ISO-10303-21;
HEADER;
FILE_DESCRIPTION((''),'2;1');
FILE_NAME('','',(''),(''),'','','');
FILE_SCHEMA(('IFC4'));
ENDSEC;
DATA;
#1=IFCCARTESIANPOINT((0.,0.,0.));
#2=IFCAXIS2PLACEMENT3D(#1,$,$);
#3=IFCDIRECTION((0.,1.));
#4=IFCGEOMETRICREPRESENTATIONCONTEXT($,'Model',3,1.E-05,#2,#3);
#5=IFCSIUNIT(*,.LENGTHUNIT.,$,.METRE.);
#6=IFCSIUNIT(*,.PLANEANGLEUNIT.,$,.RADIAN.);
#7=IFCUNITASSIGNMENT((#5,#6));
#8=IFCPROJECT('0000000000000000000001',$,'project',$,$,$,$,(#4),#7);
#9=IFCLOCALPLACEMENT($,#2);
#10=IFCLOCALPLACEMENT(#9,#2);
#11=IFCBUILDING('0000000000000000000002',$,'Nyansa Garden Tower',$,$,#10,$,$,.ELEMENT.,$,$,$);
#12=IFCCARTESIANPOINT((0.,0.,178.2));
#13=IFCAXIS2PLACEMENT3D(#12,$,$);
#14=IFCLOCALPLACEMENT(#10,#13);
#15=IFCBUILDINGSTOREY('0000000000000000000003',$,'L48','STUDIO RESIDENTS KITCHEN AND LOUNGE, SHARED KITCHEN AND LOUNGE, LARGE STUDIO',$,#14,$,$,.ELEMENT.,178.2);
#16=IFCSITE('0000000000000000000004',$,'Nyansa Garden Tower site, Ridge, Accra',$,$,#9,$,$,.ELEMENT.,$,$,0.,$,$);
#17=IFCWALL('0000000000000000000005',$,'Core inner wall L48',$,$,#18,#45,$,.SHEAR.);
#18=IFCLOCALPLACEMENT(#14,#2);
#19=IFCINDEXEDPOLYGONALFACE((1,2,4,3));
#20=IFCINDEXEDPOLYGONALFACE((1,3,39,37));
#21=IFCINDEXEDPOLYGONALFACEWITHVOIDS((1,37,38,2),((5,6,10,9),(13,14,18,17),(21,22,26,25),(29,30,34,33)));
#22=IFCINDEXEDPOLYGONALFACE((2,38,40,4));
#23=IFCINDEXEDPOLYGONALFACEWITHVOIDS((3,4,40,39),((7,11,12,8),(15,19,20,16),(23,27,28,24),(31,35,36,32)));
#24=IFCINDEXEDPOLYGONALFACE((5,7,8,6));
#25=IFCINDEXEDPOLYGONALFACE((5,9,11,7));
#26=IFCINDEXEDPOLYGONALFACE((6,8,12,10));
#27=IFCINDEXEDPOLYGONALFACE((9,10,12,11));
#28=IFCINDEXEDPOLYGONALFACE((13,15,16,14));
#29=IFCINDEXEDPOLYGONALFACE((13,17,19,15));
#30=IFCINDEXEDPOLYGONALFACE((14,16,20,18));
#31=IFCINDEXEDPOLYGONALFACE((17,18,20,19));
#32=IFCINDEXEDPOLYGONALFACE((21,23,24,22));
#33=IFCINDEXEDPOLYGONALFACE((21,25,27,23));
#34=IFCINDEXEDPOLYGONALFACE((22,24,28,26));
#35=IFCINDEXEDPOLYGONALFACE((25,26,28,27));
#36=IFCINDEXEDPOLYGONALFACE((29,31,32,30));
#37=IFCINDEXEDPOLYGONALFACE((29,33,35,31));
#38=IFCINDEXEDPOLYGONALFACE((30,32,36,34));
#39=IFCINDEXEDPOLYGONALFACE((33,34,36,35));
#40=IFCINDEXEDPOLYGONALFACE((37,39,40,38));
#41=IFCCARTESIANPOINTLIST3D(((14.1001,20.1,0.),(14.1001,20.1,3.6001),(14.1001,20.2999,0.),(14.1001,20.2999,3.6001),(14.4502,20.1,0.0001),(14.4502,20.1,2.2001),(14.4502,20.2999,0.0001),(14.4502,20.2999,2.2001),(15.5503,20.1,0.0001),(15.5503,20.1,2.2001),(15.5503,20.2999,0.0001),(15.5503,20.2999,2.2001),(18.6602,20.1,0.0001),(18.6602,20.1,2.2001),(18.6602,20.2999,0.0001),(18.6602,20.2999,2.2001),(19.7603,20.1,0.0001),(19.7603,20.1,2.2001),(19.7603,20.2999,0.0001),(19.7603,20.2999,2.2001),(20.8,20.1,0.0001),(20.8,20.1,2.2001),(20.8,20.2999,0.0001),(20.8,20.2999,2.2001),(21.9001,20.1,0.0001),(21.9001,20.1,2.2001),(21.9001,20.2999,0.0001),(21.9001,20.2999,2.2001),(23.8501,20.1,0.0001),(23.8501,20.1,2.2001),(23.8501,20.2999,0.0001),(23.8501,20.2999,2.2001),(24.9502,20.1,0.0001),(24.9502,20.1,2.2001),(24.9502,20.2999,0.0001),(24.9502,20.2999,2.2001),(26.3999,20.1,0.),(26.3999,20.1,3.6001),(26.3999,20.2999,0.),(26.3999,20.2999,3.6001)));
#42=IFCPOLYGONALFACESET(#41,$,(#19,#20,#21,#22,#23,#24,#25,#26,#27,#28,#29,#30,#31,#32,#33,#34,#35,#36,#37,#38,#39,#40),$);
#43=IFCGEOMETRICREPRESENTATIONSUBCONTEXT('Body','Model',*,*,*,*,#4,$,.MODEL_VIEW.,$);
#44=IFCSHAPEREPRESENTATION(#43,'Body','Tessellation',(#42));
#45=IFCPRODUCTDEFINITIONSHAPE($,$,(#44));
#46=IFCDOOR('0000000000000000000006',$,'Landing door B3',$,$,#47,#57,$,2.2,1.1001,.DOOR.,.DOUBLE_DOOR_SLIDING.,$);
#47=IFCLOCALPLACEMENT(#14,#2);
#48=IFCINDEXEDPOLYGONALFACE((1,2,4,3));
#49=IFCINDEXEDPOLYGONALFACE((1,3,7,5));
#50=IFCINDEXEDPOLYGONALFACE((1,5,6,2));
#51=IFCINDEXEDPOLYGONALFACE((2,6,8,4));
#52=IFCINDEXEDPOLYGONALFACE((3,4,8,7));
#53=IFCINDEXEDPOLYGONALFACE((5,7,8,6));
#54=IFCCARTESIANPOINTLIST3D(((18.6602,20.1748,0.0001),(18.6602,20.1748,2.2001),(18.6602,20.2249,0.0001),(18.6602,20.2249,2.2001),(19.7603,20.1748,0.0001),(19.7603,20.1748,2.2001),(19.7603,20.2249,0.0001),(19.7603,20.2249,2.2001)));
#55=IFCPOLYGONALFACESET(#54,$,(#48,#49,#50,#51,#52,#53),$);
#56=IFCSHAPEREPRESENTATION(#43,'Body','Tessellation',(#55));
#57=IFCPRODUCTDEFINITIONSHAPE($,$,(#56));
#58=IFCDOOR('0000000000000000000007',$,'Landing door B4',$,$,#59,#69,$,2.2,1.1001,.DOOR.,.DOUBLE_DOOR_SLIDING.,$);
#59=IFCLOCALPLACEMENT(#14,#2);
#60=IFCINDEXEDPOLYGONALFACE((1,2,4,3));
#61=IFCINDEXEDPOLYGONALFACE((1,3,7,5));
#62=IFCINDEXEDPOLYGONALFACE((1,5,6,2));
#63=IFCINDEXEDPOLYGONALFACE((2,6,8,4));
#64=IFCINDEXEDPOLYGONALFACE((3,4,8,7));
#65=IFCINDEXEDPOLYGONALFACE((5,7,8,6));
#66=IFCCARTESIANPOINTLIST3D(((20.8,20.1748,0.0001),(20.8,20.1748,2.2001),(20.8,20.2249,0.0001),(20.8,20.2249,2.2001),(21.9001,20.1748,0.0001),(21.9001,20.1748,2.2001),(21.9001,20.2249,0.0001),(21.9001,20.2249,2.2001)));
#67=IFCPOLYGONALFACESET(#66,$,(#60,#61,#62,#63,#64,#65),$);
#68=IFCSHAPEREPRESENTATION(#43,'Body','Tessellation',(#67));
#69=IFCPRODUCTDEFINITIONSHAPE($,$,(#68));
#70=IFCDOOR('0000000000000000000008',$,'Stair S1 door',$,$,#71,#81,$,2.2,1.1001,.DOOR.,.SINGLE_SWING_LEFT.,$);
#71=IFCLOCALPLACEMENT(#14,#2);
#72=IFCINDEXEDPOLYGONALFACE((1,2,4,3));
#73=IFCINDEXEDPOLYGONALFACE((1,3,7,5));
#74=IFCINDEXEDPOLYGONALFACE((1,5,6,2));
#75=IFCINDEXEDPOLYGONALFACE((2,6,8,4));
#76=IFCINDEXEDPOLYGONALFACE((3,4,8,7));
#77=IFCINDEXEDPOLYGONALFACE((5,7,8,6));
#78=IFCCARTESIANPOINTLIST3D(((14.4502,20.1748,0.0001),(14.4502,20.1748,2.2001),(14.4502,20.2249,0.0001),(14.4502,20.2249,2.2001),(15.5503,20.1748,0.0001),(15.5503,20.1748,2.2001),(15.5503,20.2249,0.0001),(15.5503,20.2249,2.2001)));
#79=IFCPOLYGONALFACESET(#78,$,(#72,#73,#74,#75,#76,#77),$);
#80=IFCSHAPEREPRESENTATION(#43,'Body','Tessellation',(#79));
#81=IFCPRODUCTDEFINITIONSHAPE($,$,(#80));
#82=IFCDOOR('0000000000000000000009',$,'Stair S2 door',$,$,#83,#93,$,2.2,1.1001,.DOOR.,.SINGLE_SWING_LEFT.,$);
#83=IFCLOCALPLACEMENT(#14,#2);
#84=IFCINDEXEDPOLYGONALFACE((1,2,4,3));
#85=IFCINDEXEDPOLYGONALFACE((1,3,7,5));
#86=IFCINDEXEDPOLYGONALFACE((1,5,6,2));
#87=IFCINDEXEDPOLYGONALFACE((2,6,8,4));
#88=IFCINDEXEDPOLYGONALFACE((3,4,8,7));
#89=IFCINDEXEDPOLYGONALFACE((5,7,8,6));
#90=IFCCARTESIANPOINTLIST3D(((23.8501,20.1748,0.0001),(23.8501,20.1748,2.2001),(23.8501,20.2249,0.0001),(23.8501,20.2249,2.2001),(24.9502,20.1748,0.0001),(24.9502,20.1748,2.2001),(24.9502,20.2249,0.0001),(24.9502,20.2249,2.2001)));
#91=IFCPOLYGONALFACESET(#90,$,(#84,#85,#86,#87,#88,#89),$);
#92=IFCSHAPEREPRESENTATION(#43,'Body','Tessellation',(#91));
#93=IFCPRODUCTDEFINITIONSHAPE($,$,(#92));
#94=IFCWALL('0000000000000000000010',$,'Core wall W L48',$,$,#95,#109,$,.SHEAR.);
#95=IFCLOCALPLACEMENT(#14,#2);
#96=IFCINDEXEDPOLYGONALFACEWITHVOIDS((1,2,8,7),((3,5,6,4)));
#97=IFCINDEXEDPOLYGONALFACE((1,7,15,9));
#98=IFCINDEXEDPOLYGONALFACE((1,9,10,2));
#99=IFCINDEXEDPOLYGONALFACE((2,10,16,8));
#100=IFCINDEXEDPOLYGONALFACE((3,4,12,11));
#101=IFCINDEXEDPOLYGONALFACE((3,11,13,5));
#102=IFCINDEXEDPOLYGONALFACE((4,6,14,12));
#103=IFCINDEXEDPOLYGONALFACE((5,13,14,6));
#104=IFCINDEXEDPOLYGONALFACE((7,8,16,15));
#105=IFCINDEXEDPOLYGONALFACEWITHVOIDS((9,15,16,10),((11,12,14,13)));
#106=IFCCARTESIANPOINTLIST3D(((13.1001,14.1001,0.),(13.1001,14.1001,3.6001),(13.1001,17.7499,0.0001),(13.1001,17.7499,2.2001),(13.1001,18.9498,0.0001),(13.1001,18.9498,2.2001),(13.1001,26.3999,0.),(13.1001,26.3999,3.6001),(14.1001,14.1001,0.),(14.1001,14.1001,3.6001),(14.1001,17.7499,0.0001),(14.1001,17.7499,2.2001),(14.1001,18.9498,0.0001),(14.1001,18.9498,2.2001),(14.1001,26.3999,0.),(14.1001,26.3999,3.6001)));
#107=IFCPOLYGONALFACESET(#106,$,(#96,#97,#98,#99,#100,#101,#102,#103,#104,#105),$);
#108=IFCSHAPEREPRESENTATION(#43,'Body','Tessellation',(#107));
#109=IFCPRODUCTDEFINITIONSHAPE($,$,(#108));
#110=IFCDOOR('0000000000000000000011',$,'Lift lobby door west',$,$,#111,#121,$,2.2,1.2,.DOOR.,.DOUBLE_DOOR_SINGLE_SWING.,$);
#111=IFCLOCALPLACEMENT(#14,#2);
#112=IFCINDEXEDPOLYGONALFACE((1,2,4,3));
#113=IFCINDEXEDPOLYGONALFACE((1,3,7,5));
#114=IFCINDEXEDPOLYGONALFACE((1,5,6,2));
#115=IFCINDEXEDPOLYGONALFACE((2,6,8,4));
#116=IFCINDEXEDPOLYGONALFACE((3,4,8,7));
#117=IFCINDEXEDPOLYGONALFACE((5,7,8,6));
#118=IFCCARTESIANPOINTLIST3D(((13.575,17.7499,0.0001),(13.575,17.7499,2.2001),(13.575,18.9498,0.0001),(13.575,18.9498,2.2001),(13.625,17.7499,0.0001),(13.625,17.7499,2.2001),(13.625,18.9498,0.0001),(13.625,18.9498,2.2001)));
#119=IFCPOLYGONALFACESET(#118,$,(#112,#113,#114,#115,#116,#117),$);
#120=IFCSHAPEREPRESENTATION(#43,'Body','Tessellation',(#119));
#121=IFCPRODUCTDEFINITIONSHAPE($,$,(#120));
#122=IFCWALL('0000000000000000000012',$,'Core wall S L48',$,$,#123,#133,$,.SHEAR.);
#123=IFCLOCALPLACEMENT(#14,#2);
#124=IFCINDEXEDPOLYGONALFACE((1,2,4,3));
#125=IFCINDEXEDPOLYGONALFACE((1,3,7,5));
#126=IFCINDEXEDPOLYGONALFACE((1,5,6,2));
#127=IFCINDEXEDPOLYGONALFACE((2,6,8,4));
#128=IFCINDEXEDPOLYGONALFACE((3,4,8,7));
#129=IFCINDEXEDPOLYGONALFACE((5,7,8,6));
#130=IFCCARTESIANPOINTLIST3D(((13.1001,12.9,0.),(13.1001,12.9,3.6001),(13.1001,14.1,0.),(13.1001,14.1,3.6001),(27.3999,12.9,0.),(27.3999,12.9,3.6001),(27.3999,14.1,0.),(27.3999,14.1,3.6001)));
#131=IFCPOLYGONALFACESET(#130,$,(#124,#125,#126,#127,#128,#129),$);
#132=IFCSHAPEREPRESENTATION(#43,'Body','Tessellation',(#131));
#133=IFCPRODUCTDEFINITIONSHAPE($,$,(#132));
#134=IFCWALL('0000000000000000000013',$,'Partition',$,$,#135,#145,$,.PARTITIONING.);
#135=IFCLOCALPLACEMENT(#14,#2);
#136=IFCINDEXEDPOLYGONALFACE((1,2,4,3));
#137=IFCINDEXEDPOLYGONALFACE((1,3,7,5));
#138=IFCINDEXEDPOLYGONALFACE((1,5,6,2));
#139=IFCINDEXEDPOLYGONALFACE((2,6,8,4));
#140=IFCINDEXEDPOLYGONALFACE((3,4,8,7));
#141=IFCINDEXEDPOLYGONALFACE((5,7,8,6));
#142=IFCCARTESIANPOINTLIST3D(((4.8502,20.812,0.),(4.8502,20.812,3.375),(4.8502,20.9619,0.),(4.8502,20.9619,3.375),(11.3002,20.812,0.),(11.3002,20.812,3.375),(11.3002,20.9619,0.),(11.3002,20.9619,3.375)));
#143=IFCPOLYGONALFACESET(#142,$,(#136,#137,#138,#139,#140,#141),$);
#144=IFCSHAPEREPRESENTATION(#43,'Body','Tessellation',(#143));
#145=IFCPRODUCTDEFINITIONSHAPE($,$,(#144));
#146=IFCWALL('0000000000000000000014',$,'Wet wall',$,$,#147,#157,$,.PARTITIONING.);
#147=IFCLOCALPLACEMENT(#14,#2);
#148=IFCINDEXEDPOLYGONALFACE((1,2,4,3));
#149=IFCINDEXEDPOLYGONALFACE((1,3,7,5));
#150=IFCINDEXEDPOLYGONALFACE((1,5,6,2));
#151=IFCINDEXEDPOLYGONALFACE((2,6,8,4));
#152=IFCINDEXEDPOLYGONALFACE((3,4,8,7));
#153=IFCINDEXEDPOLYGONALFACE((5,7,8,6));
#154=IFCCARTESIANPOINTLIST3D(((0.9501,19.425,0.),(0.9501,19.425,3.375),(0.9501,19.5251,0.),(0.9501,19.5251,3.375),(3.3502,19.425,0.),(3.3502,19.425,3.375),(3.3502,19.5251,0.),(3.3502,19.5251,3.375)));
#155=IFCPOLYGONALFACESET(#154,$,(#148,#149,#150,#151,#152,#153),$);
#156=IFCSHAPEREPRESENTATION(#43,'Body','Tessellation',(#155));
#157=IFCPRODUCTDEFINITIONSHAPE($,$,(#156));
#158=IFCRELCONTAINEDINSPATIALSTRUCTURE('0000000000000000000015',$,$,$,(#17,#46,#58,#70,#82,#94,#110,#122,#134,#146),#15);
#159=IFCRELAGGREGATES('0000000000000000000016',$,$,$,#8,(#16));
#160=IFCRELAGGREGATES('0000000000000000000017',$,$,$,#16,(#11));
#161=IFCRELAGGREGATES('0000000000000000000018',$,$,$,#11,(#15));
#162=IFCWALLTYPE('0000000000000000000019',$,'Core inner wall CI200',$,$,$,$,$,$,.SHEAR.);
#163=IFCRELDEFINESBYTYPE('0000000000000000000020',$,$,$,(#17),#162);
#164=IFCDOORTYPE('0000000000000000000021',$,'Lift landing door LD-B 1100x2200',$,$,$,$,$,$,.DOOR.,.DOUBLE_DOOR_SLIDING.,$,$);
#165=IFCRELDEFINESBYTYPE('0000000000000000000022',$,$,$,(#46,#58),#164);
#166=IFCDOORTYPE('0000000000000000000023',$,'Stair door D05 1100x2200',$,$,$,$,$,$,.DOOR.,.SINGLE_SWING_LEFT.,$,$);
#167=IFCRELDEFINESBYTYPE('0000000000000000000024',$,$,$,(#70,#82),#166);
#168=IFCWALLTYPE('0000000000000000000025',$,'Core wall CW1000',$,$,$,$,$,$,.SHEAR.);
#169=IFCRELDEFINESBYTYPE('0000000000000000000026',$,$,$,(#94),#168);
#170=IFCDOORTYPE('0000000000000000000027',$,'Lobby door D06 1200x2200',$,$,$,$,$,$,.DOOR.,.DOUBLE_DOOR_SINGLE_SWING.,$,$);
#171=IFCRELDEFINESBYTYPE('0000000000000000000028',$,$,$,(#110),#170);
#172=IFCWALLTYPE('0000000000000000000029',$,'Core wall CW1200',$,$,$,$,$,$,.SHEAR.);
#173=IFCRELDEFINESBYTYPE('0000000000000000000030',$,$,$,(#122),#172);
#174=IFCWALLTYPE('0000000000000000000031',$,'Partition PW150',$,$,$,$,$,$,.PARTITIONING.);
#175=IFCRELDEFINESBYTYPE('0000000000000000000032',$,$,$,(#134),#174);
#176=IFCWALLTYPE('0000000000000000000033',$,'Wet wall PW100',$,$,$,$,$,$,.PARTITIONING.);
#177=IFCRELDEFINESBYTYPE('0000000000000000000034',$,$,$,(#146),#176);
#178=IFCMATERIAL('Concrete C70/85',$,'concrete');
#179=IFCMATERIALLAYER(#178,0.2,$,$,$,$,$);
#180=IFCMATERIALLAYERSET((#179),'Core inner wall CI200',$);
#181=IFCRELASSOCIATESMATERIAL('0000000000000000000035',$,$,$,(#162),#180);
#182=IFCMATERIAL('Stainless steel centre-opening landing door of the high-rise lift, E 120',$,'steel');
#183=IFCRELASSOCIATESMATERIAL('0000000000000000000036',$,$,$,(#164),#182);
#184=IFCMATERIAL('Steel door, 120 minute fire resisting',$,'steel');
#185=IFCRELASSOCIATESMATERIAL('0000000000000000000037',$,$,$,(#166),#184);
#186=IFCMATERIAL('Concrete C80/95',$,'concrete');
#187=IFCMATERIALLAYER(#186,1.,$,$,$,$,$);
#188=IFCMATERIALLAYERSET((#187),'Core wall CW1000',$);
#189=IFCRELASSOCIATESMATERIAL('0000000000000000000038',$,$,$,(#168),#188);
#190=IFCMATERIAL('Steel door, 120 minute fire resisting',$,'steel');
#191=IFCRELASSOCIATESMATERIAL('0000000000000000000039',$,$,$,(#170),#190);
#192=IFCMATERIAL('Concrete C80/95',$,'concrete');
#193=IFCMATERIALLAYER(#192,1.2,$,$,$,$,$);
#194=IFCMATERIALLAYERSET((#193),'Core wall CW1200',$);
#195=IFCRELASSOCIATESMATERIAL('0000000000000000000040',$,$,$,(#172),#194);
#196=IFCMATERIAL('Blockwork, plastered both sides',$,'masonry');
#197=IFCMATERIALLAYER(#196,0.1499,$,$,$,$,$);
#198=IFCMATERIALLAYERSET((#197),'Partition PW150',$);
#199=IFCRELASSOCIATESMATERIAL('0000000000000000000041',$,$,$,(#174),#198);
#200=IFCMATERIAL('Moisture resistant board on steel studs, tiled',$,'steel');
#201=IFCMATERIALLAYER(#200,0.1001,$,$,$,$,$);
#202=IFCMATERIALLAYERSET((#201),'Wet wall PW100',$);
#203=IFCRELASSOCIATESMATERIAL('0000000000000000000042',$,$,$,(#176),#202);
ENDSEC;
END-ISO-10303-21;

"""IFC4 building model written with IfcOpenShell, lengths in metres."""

from ifc_helpers import new_model, si_unit, direction, frame, frame_2d, origin, place, context, subcontext, project, spatial, rectangle, extrude, material, layer, layer_set, type_object, element, fill, save


model = new_model("IFC4")

# Units and contexts
model_context = context("Model", 3, precision=1e-05, world=origin(), true_north=direction((0.0, 1.0)))
body_context = subcontext(model_context, "Body", "Model", "MODEL_VIEW")
ifc_project = project(units=[si_unit("LENGTHUNIT", "METRE"), si_unit("PLANEANGLEUNIT", "RADIAN")], contexts=[model_context])

# Site, building, storey
site_placement = place(None, origin())
site = spatial("IfcSite", under=ifc_project, at=site_placement, Name="Nyansa Garden Tower site, Ridge, Accra", CompositionType="ELEMENT", RefElevation=0.0)
building_placement = place(site_placement, origin())
building = spatial("IfcBuilding", under=site, at=building_placement, Name="Nyansa Garden Tower", CompositionType="ELEMENT")
storey_placement = place(building_placement, frame((0.0, 0.0, 178.2)))
storey = spatial("IfcBuildingStorey", under=building, at=storey_placement, Name="L48", Description="STUDIO RESIDENTS KITCHEN AND LOUNGE, SHARED KITCHEN AND LOUNGE, LARGE STUDIO", CompositionType="ELEMENT", Elevation=178.2)

# Wall, openings, doors
ifc_material_1 = material(Name="Concrete C70/85", Category="concrete")
ifc_layer_1 = layer(ifc_material_1, 0.2)
ifc_layer_set_1 = layer_set([ifc_layer_1], Name="Core inner wall CI200")
wall_type_1 = type_object("IfcWallType", Name="Core inner wall CI200", PredefinedType="SHEAR", material=ifc_layer_set_1)
ifc_material_2 = material(Name="Stainless steel centre-opening landing door of the high-rise lift, E 120", Category="steel")
door_type_1 = type_object("IfcDoorType", Name="Lift landing door LD-B 1100x2200", OperationType="DOUBLE_DOOR_SLIDING", PredefinedType="DOOR", material=ifc_material_2)
wall_1_placement = place(storey_placement, frame((14.1001, 20.2, 0.0), z_axis=(0.0, 0.0, 1.0), x_axis=(1.0, 0.0, 0.0)))
wall_1 = element("IfcWall", 1, at=wall_1_placement, inside=storey, type_object=wall_type_1, Name="Core inner wall L48", PredefinedType="SHEAR", context=body_context, shape_type="SweptSolid", body=[
    extrude(rectangle(XDim=12.2998, YDim=0.2, at=frame_2d((6.1499, 0.0))), origin(), (0.0, 0.0, 1.0), 3.6001),
])
opening_1_placement = place(wall_1_placement, frame((4.5601, 0.0, 0.0)))
opening_1 = element("IfcOpeningElement", 2, at=opening_1_placement, cuts=wall_1, PredefinedType="OPENING", context=body_context, shape_type="SweptSolid", body=[
    extrude(rectangle(XDim=1.1001, YDim=2.2, at=frame_2d((0.55, 1.1001))), frame((0.0, 0.1099, 0.0), z_axis=(0.0, -1.0, 0.0), x_axis=(1.0, 0.0, 0.0)), (0.0, 0.0, 1.0), 0.22),
])
opening_2_placement = place(wall_1_placement, frame((6.7, 0.0, 0.0)))
opening_2 = element("IfcOpeningElement", 3, at=opening_2_placement, cuts=wall_1, PredefinedType="OPENING", context=body_context, shape_type="SweptSolid", body=[
    extrude(rectangle(XDim=1.1001, YDim=2.2, at=frame_2d((0.55, 1.1001))), frame((0.0, 0.1099, 0.0), z_axis=(0.0, -1.0, 0.0), x_axis=(1.0, 0.0, 0.0)), (0.0, 0.0, 1.0), 0.22),
])
opening_3_placement = place(wall_1_placement, frame((0.3501, 0.0, 0.0)))
opening_3 = element("IfcOpeningElement", 4, at=opening_3_placement, cuts=wall_1, PredefinedType="OPENING", context=body_context, shape_type="SweptSolid", body=[
    extrude(rectangle(XDim=1.1001, YDim=2.2, at=frame_2d((0.55, 1.1001))), frame((0.0, 0.1099, 0.0), z_axis=(0.0, -1.0, 0.0), x_axis=(1.0, 0.0, 0.0)), (0.0, 0.0, 1.0), 0.22),
])
opening_4_placement = place(wall_1_placement, frame((9.75, 0.0, 0.0)))
opening_4 = element("IfcOpeningElement", 5, at=opening_4_placement, cuts=wall_1, PredefinedType="OPENING", context=body_context, shape_type="SweptSolid", body=[
    extrude(rectangle(XDim=1.1001, YDim=2.2, at=frame_2d((0.55, 1.1001))), frame((0.0, 0.1099, 0.0), z_axis=(0.0, -1.0, 0.0), x_axis=(1.0, 0.0, 0.0)), (0.0, 0.0, 1.0), 0.22),
])
door_1_placement = place(opening_1_placement, origin())
door_1 = element("IfcDoor", 6, at=door_1_placement, inside=storey, type_object=door_type_1, Name="Landing door B3", OperationType="DOUBLE_DOOR_SLIDING", OverallHeight=2.2, OverallWidth=1.1001, PredefinedType="DOOR", context=body_context, shape_type="SweptSolid", body=[
    extrude(rectangle(XDim=1.1001, YDim=2.2, at=frame_2d((0.55, 1.1001))), frame((0.0, 0.0249, 0.0), z_axis=(0.0, -1.0, 0.0), x_axis=(1.0, 0.0, 0.0)), (0.0, 0.0, 1.0), 0.05),
])
fill(opening_1, door_1)
door_2_placement = place(opening_2_placement, origin())
door_2 = element("IfcDoor", 7, at=door_2_placement, inside=storey, type_object=door_type_1, Name="Landing door B4", OperationType="DOUBLE_DOOR_SLIDING", OverallHeight=2.2, OverallWidth=1.1001, PredefinedType="DOOR", context=body_context, shape_type="SweptSolid", body=[
    extrude(rectangle(XDim=1.1001, YDim=2.2, at=frame_2d((0.55, 1.1001))), frame((0.0, 0.0249, 0.0), z_axis=(0.0, -1.0, 0.0), x_axis=(1.0, 0.0, 0.0)), (0.0, 0.0, 1.0), 0.05),
])
fill(opening_2, door_2)
ifc_material_3 = material(Name="Steel door, 120 minute fire resisting", Category="steel")
door_type_2 = type_object("IfcDoorType", Name="Stair door D05 1100x2200", OperationType="SINGLE_SWING_LEFT", PredefinedType="DOOR", material=ifc_material_3)
door_3_placement = place(opening_3_placement, origin())
door_3 = element("IfcDoor", 8, at=door_3_placement, inside=storey, type_object=door_type_2, Name="Stair S1 door", OperationType="SINGLE_SWING_LEFT", OverallHeight=2.2, OverallWidth=1.1001, PredefinedType="DOOR", context=body_context, shape_type="SweptSolid", body=[
    extrude(rectangle(XDim=1.1001, YDim=2.2, at=frame_2d((0.55, 1.1001))), frame((0.0, 0.0249, 0.0), z_axis=(0.0, -1.0, 0.0), x_axis=(1.0, 0.0, 0.0)), (0.0, 0.0, 1.0), 0.05),
])
fill(opening_3, door_3)
door_4_placement = place(opening_4_placement, origin())
door_4 = element("IfcDoor", 9, at=door_4_placement, inside=storey, type_object=door_type_2, Name="Stair S2 door", OperationType="SINGLE_SWING_LEFT", OverallHeight=2.2, OverallWidth=1.1001, PredefinedType="DOOR", context=body_context, shape_type="SweptSolid", body=[
    extrude(rectangle(XDim=1.1001, YDim=2.2, at=frame_2d((0.55, 1.1001))), frame((0.0, 0.0249, 0.0), z_axis=(0.0, -1.0, 0.0), x_axis=(1.0, 0.0, 0.0)), (0.0, 0.0, 1.0), 0.05),
])
fill(opening_4, door_4)

# Wall, opening, door
ifc_material_4 = material(Name="Concrete C80/95", Category="concrete")
ifc_layer_2 = layer(ifc_material_4, 1.0)
ifc_layer_set_2 = layer_set([ifc_layer_2], Name="Core wall CW1000")
wall_type_2 = type_object("IfcWallType", Name="Core wall CW1000", PredefinedType="SHEAR", material=ifc_layer_set_2)
wall_2_placement = place(storey_placement, frame((13.6001, 26.3999, 0.0), z_axis=(0.0, 0.0, 1.0), x_axis=(0.0, -1.0, 0.0)))
wall_2 = element("IfcWall", 10, at=wall_2_placement, inside=storey, type_object=wall_type_2, Name="Core wall W L48", PredefinedType="SHEAR", context=body_context, shape_type="SweptSolid", body=[
    extrude(rectangle(XDim=12.2998, YDim=1.0, at=frame_2d((6.1499, 0.0))), origin(), (0.0, 0.0, 1.0), 3.6001),
])
opening_5_placement = place(wall_2_placement, frame((7.45, 0.0, 0.0)))
opening_5 = element("IfcOpeningElement", 11, at=opening_5_placement, cuts=wall_2, PredefinedType="OPENING", context=body_context, shape_type="SweptSolid", body=[
    extrude(rectangle(XDim=1.2, YDim=2.2, at=frame_2d((0.6001, 1.1001))), frame((0.0, 0.51, 0.0), z_axis=(0.0, -1.0, 0.0), x_axis=(1.0, 0.0, 0.0)), (0.0, 0.0, 1.0), 1.02),
])
ifc_material_5 = material(Name="Steel door, 120 minute fire resisting", Category="steel")
door_type_3 = type_object("IfcDoorType", Name="Lobby door D06 1200x2200", OperationType="DOUBLE_DOOR_SINGLE_SWING", PredefinedType="DOOR", material=ifc_material_5)
door_5_placement = place(opening_5_placement, origin())
door_5 = element("IfcDoor", 12, at=door_5_placement, inside=storey, type_object=door_type_3, Name="Lift lobby door west", OperationType="DOUBLE_DOOR_SINGLE_SWING", OverallHeight=2.2, OverallWidth=1.2, PredefinedType="DOOR", context=body_context, shape_type="SweptSolid", body=[
    extrude(rectangle(XDim=1.2, YDim=2.2, at=frame_2d((0.6001, 1.1001))), frame((0.0, 0.0249, 0.0), z_axis=(0.0, -1.0, 0.0), x_axis=(1.0, 0.0, 0.0)), (0.0, 0.0, 1.0), 0.05),
])
fill(opening_5, door_5)

# Walls
ifc_material_6 = material(Name="Concrete C80/95", Category="concrete")
ifc_layer_3 = layer(ifc_material_6, 1.2)
ifc_layer_set_3 = layer_set([ifc_layer_3], Name="Core wall CW1200")
wall_type_3 = type_object("IfcWallType", Name="Core wall CW1200", PredefinedType="SHEAR", material=ifc_layer_set_3)
wall_3_placement = place(storey_placement, frame((13.1001, 13.5, 0.0), z_axis=(0.0, 0.0, 1.0), x_axis=(1.0, 0.0, 0.0)))
element("IfcWall", 13, at=wall_3_placement, inside=storey, type_object=wall_type_3, Name="Core wall S L48", PredefinedType="SHEAR", context=body_context, shape_type="SweptSolid", body=[
    extrude(rectangle(XDim=14.2998, YDim=1.2, at=frame_2d((7.1499, 0.0))), origin(), (0.0, 0.0, 1.0), 3.6001),
])
ifc_material_7 = material(Name="Blockwork, plastered both sides", Category="masonry")
ifc_layer_4 = layer(ifc_material_7, 0.1499)
ifc_layer_set_4 = layer_set([ifc_layer_4], Name="Partition PW150")
wall_type_4 = type_object("IfcWallType", Name="Partition PW150", PredefinedType="PARTITIONING", material=ifc_layer_set_4)
wall_4_placement = place(storey_placement, frame((4.8501, 20.887, 0.0), z_axis=(0.0, 0.0, 1.0), x_axis=(1.0, 0.0, 0.0)))
element("IfcWall", 14, at=wall_4_placement, inside=storey, type_object=wall_type_4, Name="Partition", PredefinedType="PARTITIONING", context=body_context, shape_type="SweptSolid", body=[
    extrude(rectangle(XDim=6.45, YDim=0.1499, at=frame_2d((3.2251, 0.0))), origin(), (0.0, 0.0, 1.0), 3.375),
])
ifc_material_8 = material(Name="Moisture resistant board on steel studs, tiled", Category="steel")
ifc_layer_5 = layer(ifc_material_8, 0.1001)
ifc_layer_set_5 = layer_set([ifc_layer_5], Name="Wet wall PW100")
wall_type_5 = type_object("IfcWallType", Name="Wet wall PW100", PredefinedType="PARTITIONING", material=ifc_layer_set_5)
wall_5_placement = place(storey_placement, frame((0.95, 19.4751, 0.0), z_axis=(0.0, 0.0, 1.0), x_axis=(1.0, 0.0, 0.0)))
element("IfcWall", 15, at=wall_5_placement, inside=storey, type_object=wall_type_5, Name="Wet wall", PredefinedType="PARTITIONING", context=body_context, shape_type="SweptSolid", body=[
    extrude(rectangle(XDim=2.4001, YDim=0.1001, at=frame_2d((1.2002, 0.0))), origin(), (0.0, 0.0, 1.0), 3.375),
])

save(model, "model.ifc")
